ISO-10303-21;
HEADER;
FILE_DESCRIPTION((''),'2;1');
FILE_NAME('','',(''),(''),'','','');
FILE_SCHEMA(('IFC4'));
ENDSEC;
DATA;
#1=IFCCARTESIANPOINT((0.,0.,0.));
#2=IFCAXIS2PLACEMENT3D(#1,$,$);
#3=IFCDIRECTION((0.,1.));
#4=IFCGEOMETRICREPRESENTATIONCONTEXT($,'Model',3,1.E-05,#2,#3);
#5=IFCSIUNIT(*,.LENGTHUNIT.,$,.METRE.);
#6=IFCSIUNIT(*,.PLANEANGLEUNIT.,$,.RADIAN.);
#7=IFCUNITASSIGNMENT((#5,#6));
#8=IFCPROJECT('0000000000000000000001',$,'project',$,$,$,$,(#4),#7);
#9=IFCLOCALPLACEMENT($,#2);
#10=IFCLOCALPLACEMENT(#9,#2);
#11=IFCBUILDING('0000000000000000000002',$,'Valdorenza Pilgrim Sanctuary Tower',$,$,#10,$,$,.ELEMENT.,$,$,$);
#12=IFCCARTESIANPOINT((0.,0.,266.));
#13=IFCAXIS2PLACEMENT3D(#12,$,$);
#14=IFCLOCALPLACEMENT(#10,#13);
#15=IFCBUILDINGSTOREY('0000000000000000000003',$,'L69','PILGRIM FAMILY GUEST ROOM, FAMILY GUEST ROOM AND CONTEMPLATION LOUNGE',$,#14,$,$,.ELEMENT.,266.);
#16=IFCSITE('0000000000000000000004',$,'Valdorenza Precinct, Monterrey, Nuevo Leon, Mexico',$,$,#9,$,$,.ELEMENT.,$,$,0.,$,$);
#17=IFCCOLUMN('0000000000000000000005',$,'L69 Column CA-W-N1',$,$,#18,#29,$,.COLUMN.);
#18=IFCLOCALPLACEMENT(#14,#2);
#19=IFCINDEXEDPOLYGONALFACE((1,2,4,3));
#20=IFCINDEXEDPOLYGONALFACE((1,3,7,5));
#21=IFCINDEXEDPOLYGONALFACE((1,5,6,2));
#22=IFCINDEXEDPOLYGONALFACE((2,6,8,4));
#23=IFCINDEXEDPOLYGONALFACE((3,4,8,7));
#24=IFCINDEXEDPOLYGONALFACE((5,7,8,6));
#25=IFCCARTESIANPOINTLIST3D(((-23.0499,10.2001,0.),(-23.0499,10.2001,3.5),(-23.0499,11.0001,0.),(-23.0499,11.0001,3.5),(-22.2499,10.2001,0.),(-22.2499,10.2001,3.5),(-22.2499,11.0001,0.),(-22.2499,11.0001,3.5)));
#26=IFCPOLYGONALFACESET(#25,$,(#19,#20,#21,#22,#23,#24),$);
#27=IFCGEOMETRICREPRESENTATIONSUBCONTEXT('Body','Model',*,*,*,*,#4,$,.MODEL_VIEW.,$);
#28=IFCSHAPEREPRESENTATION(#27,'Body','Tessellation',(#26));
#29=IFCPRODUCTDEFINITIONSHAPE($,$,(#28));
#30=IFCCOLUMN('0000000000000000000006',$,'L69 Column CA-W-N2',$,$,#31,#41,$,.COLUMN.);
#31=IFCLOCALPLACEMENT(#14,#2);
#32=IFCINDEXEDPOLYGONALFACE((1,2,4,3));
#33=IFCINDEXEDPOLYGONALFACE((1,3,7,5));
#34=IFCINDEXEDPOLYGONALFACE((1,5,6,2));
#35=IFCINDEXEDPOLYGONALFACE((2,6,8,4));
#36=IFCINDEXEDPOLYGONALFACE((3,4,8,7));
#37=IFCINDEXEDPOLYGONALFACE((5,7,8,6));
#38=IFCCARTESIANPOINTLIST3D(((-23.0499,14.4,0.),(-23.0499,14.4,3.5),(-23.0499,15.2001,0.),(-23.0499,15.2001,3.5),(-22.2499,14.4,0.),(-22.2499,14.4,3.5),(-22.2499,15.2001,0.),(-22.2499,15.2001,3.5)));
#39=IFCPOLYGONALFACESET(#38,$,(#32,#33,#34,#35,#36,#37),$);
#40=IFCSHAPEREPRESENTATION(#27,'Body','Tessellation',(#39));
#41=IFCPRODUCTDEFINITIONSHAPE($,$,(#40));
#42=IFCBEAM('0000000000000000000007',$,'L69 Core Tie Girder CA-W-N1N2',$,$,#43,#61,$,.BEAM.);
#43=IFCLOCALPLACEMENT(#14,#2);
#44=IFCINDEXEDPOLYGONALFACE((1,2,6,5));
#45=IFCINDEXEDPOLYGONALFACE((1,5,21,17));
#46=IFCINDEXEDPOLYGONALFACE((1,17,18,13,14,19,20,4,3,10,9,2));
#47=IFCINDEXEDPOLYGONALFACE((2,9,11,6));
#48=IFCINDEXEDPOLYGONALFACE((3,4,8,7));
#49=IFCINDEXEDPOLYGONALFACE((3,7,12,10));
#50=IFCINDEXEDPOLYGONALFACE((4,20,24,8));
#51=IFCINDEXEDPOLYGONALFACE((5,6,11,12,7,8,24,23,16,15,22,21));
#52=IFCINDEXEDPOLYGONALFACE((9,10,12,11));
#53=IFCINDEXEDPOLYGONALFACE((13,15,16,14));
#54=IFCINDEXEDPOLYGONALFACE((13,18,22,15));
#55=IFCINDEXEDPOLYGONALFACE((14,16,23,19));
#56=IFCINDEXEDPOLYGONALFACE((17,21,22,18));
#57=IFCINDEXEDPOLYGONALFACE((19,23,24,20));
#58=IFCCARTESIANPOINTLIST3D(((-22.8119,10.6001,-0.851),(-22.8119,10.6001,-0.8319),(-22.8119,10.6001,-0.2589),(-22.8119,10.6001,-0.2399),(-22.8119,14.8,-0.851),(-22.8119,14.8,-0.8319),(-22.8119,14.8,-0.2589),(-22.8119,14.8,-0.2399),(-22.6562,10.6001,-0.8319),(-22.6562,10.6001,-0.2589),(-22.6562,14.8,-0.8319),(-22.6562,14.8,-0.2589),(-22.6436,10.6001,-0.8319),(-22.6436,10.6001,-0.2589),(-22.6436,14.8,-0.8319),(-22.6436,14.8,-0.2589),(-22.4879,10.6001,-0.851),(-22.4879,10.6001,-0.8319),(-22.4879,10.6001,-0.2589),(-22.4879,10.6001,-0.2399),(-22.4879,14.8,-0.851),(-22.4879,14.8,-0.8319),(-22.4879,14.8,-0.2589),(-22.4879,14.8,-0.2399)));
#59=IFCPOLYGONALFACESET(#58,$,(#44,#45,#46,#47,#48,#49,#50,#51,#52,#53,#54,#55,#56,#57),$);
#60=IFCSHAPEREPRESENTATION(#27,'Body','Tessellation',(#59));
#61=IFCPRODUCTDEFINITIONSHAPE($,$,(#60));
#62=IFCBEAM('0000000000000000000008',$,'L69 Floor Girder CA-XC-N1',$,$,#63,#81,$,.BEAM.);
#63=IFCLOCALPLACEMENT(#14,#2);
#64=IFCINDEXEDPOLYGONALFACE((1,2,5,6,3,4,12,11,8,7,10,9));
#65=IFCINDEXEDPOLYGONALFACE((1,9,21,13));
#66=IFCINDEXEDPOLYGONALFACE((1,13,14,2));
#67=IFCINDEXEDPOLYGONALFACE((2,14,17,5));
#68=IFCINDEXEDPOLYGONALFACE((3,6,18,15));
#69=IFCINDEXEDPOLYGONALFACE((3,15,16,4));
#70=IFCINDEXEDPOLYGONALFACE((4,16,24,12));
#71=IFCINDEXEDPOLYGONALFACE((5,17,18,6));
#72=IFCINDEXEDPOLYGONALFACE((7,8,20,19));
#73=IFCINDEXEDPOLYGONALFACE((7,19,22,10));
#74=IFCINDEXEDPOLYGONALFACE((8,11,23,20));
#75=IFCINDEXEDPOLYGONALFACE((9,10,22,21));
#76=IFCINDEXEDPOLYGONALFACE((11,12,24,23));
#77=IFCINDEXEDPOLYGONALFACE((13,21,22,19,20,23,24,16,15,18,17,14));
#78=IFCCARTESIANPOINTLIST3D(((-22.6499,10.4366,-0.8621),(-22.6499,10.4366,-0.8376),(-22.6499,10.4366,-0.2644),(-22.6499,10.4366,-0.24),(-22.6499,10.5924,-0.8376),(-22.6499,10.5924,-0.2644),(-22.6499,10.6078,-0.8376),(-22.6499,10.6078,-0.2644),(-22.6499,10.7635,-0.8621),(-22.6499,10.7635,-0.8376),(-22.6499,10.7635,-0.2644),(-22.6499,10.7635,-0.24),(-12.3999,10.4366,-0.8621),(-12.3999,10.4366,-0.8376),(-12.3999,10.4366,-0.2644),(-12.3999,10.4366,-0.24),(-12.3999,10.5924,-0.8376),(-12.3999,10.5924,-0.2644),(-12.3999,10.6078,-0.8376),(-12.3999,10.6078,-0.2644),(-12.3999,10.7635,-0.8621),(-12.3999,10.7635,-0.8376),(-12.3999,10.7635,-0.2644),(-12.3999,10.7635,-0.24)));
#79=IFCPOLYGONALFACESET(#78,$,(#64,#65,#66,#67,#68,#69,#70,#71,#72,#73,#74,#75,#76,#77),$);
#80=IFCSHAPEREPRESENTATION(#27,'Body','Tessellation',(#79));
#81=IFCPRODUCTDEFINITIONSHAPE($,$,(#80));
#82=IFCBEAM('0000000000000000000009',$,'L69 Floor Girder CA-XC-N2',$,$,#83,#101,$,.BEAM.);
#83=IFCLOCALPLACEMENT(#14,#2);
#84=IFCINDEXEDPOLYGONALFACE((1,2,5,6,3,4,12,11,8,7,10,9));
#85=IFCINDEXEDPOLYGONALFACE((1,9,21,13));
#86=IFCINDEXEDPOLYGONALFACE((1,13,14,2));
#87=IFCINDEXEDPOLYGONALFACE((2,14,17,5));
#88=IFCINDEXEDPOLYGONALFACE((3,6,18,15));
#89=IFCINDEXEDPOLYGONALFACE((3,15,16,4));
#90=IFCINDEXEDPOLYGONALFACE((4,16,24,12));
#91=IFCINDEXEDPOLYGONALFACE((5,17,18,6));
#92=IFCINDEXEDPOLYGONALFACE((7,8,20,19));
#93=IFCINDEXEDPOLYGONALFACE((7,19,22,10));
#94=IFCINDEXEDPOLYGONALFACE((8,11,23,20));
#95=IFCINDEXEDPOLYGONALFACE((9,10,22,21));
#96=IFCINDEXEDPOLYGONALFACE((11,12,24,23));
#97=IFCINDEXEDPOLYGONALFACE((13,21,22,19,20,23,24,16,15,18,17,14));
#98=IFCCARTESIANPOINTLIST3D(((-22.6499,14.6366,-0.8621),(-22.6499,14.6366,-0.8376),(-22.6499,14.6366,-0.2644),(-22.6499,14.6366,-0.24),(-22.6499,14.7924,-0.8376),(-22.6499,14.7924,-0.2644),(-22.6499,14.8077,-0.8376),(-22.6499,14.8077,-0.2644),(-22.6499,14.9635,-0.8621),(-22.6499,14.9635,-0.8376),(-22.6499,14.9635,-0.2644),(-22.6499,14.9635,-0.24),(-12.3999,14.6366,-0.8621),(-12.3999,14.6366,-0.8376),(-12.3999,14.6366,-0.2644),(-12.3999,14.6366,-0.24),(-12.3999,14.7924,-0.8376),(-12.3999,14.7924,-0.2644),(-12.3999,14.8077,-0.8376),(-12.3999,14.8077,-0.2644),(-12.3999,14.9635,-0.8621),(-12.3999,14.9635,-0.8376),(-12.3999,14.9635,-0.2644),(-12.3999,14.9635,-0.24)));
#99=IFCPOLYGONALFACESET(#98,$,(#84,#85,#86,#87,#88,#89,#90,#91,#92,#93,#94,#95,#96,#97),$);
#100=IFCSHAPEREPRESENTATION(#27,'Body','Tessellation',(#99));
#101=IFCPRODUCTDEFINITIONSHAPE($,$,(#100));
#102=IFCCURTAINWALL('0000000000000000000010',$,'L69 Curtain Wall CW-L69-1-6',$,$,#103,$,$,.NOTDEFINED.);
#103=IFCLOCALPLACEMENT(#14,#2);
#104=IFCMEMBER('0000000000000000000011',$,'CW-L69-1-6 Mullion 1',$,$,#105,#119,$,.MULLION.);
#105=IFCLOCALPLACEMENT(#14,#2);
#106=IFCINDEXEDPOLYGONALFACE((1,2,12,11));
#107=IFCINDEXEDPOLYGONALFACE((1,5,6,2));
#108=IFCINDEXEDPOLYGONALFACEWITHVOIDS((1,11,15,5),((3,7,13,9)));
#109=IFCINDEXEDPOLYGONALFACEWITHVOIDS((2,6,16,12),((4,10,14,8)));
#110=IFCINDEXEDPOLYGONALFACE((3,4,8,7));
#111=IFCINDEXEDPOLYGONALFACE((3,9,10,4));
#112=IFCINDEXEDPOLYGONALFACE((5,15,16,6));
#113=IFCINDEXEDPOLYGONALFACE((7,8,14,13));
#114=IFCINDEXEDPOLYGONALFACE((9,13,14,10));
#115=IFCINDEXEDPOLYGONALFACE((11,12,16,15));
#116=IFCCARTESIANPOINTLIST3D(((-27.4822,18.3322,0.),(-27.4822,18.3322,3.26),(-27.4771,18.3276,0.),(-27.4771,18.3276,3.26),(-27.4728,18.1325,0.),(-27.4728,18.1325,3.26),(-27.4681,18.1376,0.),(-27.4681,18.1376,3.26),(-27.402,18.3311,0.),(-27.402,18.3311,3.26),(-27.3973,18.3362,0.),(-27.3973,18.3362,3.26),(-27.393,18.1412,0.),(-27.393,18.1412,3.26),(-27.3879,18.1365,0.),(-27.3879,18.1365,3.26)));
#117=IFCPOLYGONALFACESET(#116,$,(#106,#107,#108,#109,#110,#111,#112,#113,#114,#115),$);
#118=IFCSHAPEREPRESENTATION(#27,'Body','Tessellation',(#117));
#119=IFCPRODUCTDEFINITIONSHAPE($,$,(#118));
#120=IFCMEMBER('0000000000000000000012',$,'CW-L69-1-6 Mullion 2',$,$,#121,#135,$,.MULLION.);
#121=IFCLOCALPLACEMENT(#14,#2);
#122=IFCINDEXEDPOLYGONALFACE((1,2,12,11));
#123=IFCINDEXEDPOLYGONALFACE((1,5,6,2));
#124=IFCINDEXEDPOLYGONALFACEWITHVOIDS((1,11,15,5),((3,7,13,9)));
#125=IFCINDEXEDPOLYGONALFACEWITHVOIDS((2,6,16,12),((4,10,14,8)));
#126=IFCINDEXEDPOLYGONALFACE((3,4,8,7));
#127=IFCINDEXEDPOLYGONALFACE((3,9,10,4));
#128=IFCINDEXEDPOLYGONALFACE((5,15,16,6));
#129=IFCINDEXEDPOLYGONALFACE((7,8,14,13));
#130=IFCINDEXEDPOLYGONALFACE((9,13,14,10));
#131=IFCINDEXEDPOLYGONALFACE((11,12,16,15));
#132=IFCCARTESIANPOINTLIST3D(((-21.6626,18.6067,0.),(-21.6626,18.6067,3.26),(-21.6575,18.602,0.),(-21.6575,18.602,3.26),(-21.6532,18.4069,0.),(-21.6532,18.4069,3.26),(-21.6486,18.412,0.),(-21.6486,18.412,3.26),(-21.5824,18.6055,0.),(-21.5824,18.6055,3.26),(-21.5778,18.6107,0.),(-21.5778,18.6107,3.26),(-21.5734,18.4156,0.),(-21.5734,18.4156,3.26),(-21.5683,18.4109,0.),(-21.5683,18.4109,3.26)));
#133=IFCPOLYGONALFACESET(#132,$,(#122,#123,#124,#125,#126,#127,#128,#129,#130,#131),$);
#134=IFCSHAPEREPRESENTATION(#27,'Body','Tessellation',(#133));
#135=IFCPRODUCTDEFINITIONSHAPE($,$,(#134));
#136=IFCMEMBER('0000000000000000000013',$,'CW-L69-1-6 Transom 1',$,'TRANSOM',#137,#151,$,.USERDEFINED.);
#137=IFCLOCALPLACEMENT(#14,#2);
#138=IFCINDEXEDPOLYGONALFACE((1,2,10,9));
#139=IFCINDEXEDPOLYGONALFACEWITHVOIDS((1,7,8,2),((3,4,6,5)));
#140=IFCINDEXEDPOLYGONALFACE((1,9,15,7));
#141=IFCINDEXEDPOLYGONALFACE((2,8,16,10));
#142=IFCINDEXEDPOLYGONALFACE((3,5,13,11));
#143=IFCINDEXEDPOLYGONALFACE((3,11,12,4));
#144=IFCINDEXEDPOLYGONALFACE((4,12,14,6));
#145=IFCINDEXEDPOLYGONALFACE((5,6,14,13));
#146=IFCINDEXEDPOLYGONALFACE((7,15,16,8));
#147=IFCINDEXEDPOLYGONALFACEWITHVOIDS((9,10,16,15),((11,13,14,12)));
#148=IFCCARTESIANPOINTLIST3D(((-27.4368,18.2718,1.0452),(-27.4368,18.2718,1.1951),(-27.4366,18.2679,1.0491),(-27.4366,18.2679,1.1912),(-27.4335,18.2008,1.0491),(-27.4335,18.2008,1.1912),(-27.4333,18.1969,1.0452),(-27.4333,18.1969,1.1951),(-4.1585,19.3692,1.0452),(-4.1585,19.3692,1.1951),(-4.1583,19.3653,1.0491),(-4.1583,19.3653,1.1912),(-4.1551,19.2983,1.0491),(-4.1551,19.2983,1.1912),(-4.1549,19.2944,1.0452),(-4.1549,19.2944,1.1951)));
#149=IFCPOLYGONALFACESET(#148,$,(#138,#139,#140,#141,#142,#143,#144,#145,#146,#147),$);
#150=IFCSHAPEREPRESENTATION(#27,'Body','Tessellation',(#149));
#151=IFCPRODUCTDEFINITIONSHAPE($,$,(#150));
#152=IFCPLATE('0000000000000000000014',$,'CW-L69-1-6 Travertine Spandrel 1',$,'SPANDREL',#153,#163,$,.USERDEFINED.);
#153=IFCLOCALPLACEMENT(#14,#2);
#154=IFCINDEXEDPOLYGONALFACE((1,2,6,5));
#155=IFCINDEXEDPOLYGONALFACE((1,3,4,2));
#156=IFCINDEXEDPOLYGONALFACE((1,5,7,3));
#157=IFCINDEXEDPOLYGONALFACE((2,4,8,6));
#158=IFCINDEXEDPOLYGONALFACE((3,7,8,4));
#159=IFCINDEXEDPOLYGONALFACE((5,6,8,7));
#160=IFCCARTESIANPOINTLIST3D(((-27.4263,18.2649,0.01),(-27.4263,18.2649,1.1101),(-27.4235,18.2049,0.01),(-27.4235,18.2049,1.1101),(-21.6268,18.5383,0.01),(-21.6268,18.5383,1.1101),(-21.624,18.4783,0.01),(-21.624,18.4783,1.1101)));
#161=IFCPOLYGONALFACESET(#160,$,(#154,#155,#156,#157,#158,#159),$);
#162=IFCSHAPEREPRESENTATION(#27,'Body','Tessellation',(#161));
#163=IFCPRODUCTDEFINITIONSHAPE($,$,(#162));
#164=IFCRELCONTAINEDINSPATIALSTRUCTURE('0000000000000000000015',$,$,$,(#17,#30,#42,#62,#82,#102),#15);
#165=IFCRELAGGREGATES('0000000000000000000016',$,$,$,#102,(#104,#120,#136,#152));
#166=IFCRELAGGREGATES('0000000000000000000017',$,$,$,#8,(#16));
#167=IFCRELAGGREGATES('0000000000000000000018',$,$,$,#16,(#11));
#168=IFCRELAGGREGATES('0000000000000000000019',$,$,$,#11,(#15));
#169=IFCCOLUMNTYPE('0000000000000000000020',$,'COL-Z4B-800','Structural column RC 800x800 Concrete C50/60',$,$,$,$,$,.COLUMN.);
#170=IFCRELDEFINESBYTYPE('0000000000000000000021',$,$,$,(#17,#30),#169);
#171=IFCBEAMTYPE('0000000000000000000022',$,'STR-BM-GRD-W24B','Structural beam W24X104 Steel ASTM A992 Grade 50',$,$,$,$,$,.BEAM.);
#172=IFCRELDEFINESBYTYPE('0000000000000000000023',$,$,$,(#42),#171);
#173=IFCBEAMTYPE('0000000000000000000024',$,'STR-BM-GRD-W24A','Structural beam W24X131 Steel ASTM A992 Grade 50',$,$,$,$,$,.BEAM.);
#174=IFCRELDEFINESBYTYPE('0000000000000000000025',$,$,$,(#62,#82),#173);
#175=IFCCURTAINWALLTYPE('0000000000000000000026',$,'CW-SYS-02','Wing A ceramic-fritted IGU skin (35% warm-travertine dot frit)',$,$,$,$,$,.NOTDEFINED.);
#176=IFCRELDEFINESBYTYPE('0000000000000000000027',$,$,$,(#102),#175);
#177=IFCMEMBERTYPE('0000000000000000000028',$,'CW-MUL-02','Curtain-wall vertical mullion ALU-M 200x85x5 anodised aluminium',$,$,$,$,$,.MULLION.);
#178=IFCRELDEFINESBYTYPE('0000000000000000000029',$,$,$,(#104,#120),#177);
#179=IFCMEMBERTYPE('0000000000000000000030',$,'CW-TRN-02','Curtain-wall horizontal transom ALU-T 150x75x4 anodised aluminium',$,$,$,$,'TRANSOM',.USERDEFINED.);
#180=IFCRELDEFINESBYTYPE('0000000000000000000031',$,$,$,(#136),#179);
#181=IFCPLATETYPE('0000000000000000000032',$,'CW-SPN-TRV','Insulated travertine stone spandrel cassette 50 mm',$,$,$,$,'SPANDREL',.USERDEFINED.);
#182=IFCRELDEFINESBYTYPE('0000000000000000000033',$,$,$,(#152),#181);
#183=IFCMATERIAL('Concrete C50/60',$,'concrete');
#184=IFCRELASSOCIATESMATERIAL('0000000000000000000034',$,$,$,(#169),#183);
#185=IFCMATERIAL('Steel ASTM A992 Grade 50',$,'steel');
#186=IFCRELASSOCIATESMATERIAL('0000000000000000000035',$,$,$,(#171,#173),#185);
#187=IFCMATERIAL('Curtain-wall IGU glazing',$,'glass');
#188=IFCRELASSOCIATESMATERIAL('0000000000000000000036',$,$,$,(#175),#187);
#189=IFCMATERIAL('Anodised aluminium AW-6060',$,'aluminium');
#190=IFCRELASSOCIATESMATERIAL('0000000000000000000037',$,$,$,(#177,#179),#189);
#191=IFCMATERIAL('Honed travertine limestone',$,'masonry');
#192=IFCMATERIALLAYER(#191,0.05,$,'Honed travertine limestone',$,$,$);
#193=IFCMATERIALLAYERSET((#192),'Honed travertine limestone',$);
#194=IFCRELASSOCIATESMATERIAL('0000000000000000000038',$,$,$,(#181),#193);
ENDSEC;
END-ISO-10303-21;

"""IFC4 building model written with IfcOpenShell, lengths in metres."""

from ifc_helpers import new_model, si_unit, direction, frame, origin, origin_2d, place, context, subcontext, project, spatial, rectangle, hollow_rectangle, i_section, extrude, source, transform, mapped, material, layer, layer_set, material_profile, profile_set, type_object, element, aggregate, save


model = new_model("IFC4")

# Units and contexts
model_context = context("Model", 3, precision=1e-05, world=origin(), true_north=direction((0.0, 1.0)))
body_context = subcontext(model_context, "Body", "Model", "MODEL_VIEW")
ifc_project = project(units=[si_unit("LENGTHUNIT", "METRE"), si_unit("PLANEANGLEUNIT", "RADIAN")], contexts=[model_context])

# Site, building, storey
site_placement = place(None, origin())
site = spatial("IfcSite", under=ifc_project, at=site_placement, Name="Valdorenza Precinct, Monterrey, Nuevo Leon, Mexico", CompositionType="ELEMENT", RefElevation=0.0)
building_placement = place(site_placement, origin())
building = spatial("IfcBuilding", under=site, at=building_placement, Name="Valdorenza Pilgrim Sanctuary Tower", CompositionType="ELEMENT")
storey_placement = place(building_placement, frame((0.0, 0.0, 266.0)))
storey = spatial("IfcBuildingStorey", under=building, at=storey_placement, Name="L69", Description="PILGRIM FAMILY GUEST ROOM, FAMILY GUEST ROOM AND CONTEMPLATION LOUNGE", CompositionType="ELEMENT", Elevation=266.0)

# Columns
ifc_material_1 = material(Name="Concrete C50/60", Category="concrete")
ifc_material_profile_1 = material_profile(ifc_material_1, rectangle(XDim=0.8, YDim=0.8, at=origin_2d()), Name="RC 800x800")
ifc_profile_set_1 = profile_set([ifc_material_profile_1], Name="Concrete C50/60")
column_type = type_object("IfcColumnType", Name="COL-Z4B-800", Description="Structural column RC 800x800 Concrete C50/60", PredefinedType="COLUMN", material=ifc_profile_set_1)
shared_shape_1 = source(origin(), body_context, "Body", "SweptSolid", [
    extrude(rectangle(XDim=0.8, YDim=0.8, at=origin_2d()), origin(), (0.0, 0.0, 1.0), 3.5),
])
for number, where, z_axis, x_axis, name in (
    (1, (-22.6499, 10.6001, 0.0), (0.0, 0.0, 1.0), (1.0, 0.0, 0.0), "L69 Column CA-W-N1"),
    (2, (-22.6499, 14.8, 0.0), (0.0, 0.0, 1.0), (1.0, 0.0, 0.0), "L69 Column CA-W-N2"),
):
    element("IfcColumn", number, at=place(storey_placement, frame(where, z_axis=z_axis, x_axis=x_axis)), inside=storey, type_object=column_type, Name=name, PredefinedType="COLUMN", context=body_context, shape_type="MappedRepresentation", body=[
        mapped(shared_shape_1, transform((0.0, 0.0, 0.0), x_axis=(1.0, 0.0, 0.0), y_axis=(0.0, 1.0, 0.0), z_axis=(0.0, 0.0, 1.0), scale=1.0)),
    ])

# Beams
ifc_material_2 = material(Name="Steel ASTM A992 Grade 50", Category="steel")
ifc_material_profile_2 = material_profile(ifc_material_2, i_section(OverallWidth=0.324, OverallDepth=0.6111, WebThickness=0.0127, FlangeThickness=0.019, at=origin_2d()), Name="W24X104")
ifc_profile_set_2 = profile_set([ifc_material_profile_2], Name="Steel ASTM A992 Grade 50")
beam_type_1 = type_object("IfcBeamType", Name="STR-BM-GRD-W24B", Description="Structural beam W24X104 Steel ASTM A992 Grade 50", PredefinedType="BEAM", material=ifc_profile_set_2)
shared_shape_2 = source(origin(), body_context, "Body", "SweptSolid", [
    extrude(i_section(OverallWidth=0.324, OverallDepth=0.6111, WebThickness=0.0127, FlangeThickness=0.019, at=origin_2d()), origin(), (0.0, 0.0, 1.0), 4.2),
])
beam_placement = place(storey_placement, frame((-22.6499, 10.6001, -0.5454), z_axis=(0.0, 1.0, 0.0), x_axis=(-1.0, 0.0, 0.0)))
element("IfcBeam", 3, at=beam_placement, inside=storey, type_object=beam_type_1, Name="L69 Core Tie Girder CA-W-N1N2", PredefinedType="BEAM", context=body_context, shape_type="MappedRepresentation", body=[
    mapped(shared_shape_2, transform((0.0, 0.0, 0.0), x_axis=(1.0, 0.0, 0.0), y_axis=(0.0, 1.0, 0.0), z_axis=(0.0, 0.0, 1.0), scale=1.0)),
])
ifc_material_profile_3 = material_profile(ifc_material_2, i_section(OverallWidth=0.3269, OverallDepth=0.6221, WebThickness=0.0154, FlangeThickness=0.0244, at=origin_2d()), Name="W24X131")
ifc_profile_set_3 = profile_set([ifc_material_profile_3], Name="Steel ASTM A992 Grade 50")
beam_type_2 = type_object("IfcBeamType", Name="STR-BM-GRD-W24A", Description="Structural beam W24X131 Steel ASTM A992 Grade 50", PredefinedType="BEAM", material=ifc_profile_set_3)
shared_shape_3 = source(origin(), body_context, "Body", "SweptSolid", [
    extrude(i_section(OverallWidth=0.3269, OverallDepth=0.6221, WebThickness=0.0154, FlangeThickness=0.0244, at=origin_2d()), origin(), (0.0, 0.0, 1.0), 10.25),
])
for number, where, z_axis, x_axis, name in (
    (4, (-22.6499, 10.6001, -0.551), (1.0, 0.0, 0.0), (0.0, 1.0, 0.0), "L69 Floor Girder CA-XC-N1"),
    (5, (-22.6499, 14.8, -0.551), (1.0, 0.0, 0.0), (0.0, 1.0, 0.0), "L69 Floor Girder CA-XC-N2"),
):
    element("IfcBeam", number, at=place(storey_placement, frame(where, z_axis=z_axis, x_axis=x_axis)), inside=storey, type_object=beam_type_2, Name=name, PredefinedType="BEAM", context=body_context, shape_type="MappedRepresentation", body=[
        mapped(shared_shape_3, transform((0.0, 0.0, 0.0), x_axis=(1.0, 0.0, 0.0), y_axis=(0.0, 1.0, 0.0), z_axis=(0.0, 0.0, 1.0), scale=1.0)),
    ])

# Curtain wall, members, plate
ifc_material_3 = material(Name="Curtain-wall IGU glazing", Category="glass")
curtain_wall_type = type_object("IfcCurtainWallType", Name="CW-SYS-02", Description="Wing A ceramic-fritted IGU skin (35% warm-travertine dot frit)", PredefinedType="NOTDEFINED", material=ifc_material_3)
curtain_wall_placement = place(storey_placement, origin())
curtain_wall = element("IfcCurtainWall", 6, at=curtain_wall_placement, inside=storey, type_object=curtain_wall_type, Name="L69 Curtain Wall CW-L69-1-6", PredefinedType="NOTDEFINED")
ifc_material_4 = material(Name="Anodised aluminium AW-6060", Category="aluminium")
ifc_material_profile_4 = material_profile(ifc_material_4, hollow_rectangle(XDim=0.085, YDim=0.2, WallThickness=0.0049, at=origin_2d()), Name="ALU-M 200x85x5")
ifc_profile_set_4 = profile_set([ifc_material_profile_4], Name="Anodised aluminium AW-6060")
member_type_1 = type_object("IfcMemberType", Name="CW-MUL-02", Description="Curtain-wall vertical mullion ALU-M 200x85x5 anodised aluminium", PredefinedType="MULLION", material=ifc_profile_set_4)
shared_shape_4 = source(origin(), body_context, "Body", "SweptSolid", [
    extrude(hollow_rectangle(XDim=0.085, YDim=0.2, WallThickness=0.0049, at=origin_2d()), origin(), (0.0, 0.0, 1.0), 3.26),
])
member_1_placement = place(storey_placement, frame((-27.4351, 18.2344, 0.0), z_axis=(0.0, 0.0, 1.0), x_axis=(0.998891, 0.047089, 0.0)))
member_1 = element("IfcMember", 7, at=member_1_placement, type_object=member_type_1, Name="CW-L69-1-6 Mullion 1", PredefinedType="MULLION", context=body_context, shape_type="MappedRepresentation", body=[
    mapped(shared_shape_4, transform((0.0, 0.0, 0.0), x_axis=(1.0, 0.0, 0.0), y_axis=(0.0, 1.0, 0.0), z_axis=(0.0, 0.0, 1.0), scale=1.0)),
])
member_2_placement = place(storey_placement, frame((-21.6155, 18.5088, 0.0), z_axis=(0.0, 0.0, 1.0), x_axis=(0.998891, 0.047089, 0.0)))
member_2 = element("IfcMember", 8, at=member_2_placement, type_object=member_type_1, Name="CW-L69-1-6 Mullion 2", PredefinedType="MULLION", context=body_context, shape_type="MappedRepresentation", body=[
    mapped(shared_shape_4, transform((0.0, 0.0, 0.0), x_axis=(1.0, 0.0, 0.0), y_axis=(0.0, 1.0, 0.0), z_axis=(0.0, 0.0, 1.0), scale=1.0)),
])
ifc_material_profile_5 = material_profile(ifc_material_4, hollow_rectangle(XDim=0.075, YDim=0.1499, WallThickness=0.0039, at=origin_2d()), Name="ALU-T 150x75x4")
ifc_profile_set_5 = profile_set([ifc_material_profile_5], Name="Anodised aluminium AW-6060")
member_type_2 = type_object("IfcMemberType", Name="CW-TRN-02", Description="Curtain-wall horizontal transom ALU-T 150x75x4 anodised aluminium", ElementType="TRANSOM", PredefinedType="USERDEFINED", material=ifc_profile_set_5)
shared_shape_5 = source(origin(), body_context, "Body", "SweptSolid", [
    extrude(hollow_rectangle(XDim=0.075, YDim=0.1499, WallThickness=0.0039, at=origin_2d()), origin(), (0.0, 0.0, 1.0), 23.3042),
])
member_3_placement = place(storey_placement, frame((-27.4351, 18.2344, 1.1201), z_axis=(0.998891, 0.047091, 0.0), x_axis=(-0.047091, 0.998891, 0.0)))
member_3 = element("IfcMember", 9, at=member_3_placement, type_object=member_type_2, Name="CW-L69-1-6 Transom 1", ObjectType="TRANSOM", PredefinedType="USERDEFINED", context=body_context, shape_type="MappedRepresentation", body=[
    mapped(shared_shape_5, transform((0.0, 0.0, 0.0), x_axis=(1.0, 0.0, 0.0), y_axis=(0.0, 1.0, 0.0), z_axis=(0.0, 0.0, 1.0), scale=1.0)),
])
ifc_material_5 = material(Name="Honed travertine limestone", Category="masonry")
ifc_layer_1 = layer(ifc_material_5, 0.05, Name="Honed travertine limestone")
ifc_layer_set_1 = layer_set([ifc_layer_1], Name="Honed travertine limestone")
plate_type_1 = type_object("IfcPlateType", Name="CW-SPN-TRV", Description="Insulated travertine stone spandrel cassette 50 mm", ElementType="SPANDREL", PredefinedType="USERDEFINED", material=ifc_layer_set_1)
shared_shape_6 = source(origin(), body_context, "Body", "SweptSolid", [
    extrude(rectangle(XDim=5.8059, YDim=0.0601, at=origin_2d()), origin(), (0.0, 0.0, 1.0), 1.1001),
])
plate_1_placement = place(storey_placement, frame((-24.5251, 18.3716, 0.01), z_axis=(0.0, 0.0, 1.0), x_axis=(0.998891, 0.047089, 0.0)))
plate_1 = element("IfcPlate", 10, at=plate_1_placement, type_object=plate_type_1, Name="CW-L69-1-6 Travertine Spandrel 1", ObjectType="SPANDREL", PredefinedType="USERDEFINED", context=body_context, shape_type="MappedRepresentation", body=[
    mapped(shared_shape_6, transform((0.0, 0.0, 0.0), x_axis=(1.0, 0.0, 0.0), y_axis=(0.0, 1.0, 0.0), z_axis=(0.0, 0.0, 1.0), scale=1.0)),
])
aggregate(curtain_wall, [member_1, member_2, member_3, plate_1])

save(model, "model.ifc")
